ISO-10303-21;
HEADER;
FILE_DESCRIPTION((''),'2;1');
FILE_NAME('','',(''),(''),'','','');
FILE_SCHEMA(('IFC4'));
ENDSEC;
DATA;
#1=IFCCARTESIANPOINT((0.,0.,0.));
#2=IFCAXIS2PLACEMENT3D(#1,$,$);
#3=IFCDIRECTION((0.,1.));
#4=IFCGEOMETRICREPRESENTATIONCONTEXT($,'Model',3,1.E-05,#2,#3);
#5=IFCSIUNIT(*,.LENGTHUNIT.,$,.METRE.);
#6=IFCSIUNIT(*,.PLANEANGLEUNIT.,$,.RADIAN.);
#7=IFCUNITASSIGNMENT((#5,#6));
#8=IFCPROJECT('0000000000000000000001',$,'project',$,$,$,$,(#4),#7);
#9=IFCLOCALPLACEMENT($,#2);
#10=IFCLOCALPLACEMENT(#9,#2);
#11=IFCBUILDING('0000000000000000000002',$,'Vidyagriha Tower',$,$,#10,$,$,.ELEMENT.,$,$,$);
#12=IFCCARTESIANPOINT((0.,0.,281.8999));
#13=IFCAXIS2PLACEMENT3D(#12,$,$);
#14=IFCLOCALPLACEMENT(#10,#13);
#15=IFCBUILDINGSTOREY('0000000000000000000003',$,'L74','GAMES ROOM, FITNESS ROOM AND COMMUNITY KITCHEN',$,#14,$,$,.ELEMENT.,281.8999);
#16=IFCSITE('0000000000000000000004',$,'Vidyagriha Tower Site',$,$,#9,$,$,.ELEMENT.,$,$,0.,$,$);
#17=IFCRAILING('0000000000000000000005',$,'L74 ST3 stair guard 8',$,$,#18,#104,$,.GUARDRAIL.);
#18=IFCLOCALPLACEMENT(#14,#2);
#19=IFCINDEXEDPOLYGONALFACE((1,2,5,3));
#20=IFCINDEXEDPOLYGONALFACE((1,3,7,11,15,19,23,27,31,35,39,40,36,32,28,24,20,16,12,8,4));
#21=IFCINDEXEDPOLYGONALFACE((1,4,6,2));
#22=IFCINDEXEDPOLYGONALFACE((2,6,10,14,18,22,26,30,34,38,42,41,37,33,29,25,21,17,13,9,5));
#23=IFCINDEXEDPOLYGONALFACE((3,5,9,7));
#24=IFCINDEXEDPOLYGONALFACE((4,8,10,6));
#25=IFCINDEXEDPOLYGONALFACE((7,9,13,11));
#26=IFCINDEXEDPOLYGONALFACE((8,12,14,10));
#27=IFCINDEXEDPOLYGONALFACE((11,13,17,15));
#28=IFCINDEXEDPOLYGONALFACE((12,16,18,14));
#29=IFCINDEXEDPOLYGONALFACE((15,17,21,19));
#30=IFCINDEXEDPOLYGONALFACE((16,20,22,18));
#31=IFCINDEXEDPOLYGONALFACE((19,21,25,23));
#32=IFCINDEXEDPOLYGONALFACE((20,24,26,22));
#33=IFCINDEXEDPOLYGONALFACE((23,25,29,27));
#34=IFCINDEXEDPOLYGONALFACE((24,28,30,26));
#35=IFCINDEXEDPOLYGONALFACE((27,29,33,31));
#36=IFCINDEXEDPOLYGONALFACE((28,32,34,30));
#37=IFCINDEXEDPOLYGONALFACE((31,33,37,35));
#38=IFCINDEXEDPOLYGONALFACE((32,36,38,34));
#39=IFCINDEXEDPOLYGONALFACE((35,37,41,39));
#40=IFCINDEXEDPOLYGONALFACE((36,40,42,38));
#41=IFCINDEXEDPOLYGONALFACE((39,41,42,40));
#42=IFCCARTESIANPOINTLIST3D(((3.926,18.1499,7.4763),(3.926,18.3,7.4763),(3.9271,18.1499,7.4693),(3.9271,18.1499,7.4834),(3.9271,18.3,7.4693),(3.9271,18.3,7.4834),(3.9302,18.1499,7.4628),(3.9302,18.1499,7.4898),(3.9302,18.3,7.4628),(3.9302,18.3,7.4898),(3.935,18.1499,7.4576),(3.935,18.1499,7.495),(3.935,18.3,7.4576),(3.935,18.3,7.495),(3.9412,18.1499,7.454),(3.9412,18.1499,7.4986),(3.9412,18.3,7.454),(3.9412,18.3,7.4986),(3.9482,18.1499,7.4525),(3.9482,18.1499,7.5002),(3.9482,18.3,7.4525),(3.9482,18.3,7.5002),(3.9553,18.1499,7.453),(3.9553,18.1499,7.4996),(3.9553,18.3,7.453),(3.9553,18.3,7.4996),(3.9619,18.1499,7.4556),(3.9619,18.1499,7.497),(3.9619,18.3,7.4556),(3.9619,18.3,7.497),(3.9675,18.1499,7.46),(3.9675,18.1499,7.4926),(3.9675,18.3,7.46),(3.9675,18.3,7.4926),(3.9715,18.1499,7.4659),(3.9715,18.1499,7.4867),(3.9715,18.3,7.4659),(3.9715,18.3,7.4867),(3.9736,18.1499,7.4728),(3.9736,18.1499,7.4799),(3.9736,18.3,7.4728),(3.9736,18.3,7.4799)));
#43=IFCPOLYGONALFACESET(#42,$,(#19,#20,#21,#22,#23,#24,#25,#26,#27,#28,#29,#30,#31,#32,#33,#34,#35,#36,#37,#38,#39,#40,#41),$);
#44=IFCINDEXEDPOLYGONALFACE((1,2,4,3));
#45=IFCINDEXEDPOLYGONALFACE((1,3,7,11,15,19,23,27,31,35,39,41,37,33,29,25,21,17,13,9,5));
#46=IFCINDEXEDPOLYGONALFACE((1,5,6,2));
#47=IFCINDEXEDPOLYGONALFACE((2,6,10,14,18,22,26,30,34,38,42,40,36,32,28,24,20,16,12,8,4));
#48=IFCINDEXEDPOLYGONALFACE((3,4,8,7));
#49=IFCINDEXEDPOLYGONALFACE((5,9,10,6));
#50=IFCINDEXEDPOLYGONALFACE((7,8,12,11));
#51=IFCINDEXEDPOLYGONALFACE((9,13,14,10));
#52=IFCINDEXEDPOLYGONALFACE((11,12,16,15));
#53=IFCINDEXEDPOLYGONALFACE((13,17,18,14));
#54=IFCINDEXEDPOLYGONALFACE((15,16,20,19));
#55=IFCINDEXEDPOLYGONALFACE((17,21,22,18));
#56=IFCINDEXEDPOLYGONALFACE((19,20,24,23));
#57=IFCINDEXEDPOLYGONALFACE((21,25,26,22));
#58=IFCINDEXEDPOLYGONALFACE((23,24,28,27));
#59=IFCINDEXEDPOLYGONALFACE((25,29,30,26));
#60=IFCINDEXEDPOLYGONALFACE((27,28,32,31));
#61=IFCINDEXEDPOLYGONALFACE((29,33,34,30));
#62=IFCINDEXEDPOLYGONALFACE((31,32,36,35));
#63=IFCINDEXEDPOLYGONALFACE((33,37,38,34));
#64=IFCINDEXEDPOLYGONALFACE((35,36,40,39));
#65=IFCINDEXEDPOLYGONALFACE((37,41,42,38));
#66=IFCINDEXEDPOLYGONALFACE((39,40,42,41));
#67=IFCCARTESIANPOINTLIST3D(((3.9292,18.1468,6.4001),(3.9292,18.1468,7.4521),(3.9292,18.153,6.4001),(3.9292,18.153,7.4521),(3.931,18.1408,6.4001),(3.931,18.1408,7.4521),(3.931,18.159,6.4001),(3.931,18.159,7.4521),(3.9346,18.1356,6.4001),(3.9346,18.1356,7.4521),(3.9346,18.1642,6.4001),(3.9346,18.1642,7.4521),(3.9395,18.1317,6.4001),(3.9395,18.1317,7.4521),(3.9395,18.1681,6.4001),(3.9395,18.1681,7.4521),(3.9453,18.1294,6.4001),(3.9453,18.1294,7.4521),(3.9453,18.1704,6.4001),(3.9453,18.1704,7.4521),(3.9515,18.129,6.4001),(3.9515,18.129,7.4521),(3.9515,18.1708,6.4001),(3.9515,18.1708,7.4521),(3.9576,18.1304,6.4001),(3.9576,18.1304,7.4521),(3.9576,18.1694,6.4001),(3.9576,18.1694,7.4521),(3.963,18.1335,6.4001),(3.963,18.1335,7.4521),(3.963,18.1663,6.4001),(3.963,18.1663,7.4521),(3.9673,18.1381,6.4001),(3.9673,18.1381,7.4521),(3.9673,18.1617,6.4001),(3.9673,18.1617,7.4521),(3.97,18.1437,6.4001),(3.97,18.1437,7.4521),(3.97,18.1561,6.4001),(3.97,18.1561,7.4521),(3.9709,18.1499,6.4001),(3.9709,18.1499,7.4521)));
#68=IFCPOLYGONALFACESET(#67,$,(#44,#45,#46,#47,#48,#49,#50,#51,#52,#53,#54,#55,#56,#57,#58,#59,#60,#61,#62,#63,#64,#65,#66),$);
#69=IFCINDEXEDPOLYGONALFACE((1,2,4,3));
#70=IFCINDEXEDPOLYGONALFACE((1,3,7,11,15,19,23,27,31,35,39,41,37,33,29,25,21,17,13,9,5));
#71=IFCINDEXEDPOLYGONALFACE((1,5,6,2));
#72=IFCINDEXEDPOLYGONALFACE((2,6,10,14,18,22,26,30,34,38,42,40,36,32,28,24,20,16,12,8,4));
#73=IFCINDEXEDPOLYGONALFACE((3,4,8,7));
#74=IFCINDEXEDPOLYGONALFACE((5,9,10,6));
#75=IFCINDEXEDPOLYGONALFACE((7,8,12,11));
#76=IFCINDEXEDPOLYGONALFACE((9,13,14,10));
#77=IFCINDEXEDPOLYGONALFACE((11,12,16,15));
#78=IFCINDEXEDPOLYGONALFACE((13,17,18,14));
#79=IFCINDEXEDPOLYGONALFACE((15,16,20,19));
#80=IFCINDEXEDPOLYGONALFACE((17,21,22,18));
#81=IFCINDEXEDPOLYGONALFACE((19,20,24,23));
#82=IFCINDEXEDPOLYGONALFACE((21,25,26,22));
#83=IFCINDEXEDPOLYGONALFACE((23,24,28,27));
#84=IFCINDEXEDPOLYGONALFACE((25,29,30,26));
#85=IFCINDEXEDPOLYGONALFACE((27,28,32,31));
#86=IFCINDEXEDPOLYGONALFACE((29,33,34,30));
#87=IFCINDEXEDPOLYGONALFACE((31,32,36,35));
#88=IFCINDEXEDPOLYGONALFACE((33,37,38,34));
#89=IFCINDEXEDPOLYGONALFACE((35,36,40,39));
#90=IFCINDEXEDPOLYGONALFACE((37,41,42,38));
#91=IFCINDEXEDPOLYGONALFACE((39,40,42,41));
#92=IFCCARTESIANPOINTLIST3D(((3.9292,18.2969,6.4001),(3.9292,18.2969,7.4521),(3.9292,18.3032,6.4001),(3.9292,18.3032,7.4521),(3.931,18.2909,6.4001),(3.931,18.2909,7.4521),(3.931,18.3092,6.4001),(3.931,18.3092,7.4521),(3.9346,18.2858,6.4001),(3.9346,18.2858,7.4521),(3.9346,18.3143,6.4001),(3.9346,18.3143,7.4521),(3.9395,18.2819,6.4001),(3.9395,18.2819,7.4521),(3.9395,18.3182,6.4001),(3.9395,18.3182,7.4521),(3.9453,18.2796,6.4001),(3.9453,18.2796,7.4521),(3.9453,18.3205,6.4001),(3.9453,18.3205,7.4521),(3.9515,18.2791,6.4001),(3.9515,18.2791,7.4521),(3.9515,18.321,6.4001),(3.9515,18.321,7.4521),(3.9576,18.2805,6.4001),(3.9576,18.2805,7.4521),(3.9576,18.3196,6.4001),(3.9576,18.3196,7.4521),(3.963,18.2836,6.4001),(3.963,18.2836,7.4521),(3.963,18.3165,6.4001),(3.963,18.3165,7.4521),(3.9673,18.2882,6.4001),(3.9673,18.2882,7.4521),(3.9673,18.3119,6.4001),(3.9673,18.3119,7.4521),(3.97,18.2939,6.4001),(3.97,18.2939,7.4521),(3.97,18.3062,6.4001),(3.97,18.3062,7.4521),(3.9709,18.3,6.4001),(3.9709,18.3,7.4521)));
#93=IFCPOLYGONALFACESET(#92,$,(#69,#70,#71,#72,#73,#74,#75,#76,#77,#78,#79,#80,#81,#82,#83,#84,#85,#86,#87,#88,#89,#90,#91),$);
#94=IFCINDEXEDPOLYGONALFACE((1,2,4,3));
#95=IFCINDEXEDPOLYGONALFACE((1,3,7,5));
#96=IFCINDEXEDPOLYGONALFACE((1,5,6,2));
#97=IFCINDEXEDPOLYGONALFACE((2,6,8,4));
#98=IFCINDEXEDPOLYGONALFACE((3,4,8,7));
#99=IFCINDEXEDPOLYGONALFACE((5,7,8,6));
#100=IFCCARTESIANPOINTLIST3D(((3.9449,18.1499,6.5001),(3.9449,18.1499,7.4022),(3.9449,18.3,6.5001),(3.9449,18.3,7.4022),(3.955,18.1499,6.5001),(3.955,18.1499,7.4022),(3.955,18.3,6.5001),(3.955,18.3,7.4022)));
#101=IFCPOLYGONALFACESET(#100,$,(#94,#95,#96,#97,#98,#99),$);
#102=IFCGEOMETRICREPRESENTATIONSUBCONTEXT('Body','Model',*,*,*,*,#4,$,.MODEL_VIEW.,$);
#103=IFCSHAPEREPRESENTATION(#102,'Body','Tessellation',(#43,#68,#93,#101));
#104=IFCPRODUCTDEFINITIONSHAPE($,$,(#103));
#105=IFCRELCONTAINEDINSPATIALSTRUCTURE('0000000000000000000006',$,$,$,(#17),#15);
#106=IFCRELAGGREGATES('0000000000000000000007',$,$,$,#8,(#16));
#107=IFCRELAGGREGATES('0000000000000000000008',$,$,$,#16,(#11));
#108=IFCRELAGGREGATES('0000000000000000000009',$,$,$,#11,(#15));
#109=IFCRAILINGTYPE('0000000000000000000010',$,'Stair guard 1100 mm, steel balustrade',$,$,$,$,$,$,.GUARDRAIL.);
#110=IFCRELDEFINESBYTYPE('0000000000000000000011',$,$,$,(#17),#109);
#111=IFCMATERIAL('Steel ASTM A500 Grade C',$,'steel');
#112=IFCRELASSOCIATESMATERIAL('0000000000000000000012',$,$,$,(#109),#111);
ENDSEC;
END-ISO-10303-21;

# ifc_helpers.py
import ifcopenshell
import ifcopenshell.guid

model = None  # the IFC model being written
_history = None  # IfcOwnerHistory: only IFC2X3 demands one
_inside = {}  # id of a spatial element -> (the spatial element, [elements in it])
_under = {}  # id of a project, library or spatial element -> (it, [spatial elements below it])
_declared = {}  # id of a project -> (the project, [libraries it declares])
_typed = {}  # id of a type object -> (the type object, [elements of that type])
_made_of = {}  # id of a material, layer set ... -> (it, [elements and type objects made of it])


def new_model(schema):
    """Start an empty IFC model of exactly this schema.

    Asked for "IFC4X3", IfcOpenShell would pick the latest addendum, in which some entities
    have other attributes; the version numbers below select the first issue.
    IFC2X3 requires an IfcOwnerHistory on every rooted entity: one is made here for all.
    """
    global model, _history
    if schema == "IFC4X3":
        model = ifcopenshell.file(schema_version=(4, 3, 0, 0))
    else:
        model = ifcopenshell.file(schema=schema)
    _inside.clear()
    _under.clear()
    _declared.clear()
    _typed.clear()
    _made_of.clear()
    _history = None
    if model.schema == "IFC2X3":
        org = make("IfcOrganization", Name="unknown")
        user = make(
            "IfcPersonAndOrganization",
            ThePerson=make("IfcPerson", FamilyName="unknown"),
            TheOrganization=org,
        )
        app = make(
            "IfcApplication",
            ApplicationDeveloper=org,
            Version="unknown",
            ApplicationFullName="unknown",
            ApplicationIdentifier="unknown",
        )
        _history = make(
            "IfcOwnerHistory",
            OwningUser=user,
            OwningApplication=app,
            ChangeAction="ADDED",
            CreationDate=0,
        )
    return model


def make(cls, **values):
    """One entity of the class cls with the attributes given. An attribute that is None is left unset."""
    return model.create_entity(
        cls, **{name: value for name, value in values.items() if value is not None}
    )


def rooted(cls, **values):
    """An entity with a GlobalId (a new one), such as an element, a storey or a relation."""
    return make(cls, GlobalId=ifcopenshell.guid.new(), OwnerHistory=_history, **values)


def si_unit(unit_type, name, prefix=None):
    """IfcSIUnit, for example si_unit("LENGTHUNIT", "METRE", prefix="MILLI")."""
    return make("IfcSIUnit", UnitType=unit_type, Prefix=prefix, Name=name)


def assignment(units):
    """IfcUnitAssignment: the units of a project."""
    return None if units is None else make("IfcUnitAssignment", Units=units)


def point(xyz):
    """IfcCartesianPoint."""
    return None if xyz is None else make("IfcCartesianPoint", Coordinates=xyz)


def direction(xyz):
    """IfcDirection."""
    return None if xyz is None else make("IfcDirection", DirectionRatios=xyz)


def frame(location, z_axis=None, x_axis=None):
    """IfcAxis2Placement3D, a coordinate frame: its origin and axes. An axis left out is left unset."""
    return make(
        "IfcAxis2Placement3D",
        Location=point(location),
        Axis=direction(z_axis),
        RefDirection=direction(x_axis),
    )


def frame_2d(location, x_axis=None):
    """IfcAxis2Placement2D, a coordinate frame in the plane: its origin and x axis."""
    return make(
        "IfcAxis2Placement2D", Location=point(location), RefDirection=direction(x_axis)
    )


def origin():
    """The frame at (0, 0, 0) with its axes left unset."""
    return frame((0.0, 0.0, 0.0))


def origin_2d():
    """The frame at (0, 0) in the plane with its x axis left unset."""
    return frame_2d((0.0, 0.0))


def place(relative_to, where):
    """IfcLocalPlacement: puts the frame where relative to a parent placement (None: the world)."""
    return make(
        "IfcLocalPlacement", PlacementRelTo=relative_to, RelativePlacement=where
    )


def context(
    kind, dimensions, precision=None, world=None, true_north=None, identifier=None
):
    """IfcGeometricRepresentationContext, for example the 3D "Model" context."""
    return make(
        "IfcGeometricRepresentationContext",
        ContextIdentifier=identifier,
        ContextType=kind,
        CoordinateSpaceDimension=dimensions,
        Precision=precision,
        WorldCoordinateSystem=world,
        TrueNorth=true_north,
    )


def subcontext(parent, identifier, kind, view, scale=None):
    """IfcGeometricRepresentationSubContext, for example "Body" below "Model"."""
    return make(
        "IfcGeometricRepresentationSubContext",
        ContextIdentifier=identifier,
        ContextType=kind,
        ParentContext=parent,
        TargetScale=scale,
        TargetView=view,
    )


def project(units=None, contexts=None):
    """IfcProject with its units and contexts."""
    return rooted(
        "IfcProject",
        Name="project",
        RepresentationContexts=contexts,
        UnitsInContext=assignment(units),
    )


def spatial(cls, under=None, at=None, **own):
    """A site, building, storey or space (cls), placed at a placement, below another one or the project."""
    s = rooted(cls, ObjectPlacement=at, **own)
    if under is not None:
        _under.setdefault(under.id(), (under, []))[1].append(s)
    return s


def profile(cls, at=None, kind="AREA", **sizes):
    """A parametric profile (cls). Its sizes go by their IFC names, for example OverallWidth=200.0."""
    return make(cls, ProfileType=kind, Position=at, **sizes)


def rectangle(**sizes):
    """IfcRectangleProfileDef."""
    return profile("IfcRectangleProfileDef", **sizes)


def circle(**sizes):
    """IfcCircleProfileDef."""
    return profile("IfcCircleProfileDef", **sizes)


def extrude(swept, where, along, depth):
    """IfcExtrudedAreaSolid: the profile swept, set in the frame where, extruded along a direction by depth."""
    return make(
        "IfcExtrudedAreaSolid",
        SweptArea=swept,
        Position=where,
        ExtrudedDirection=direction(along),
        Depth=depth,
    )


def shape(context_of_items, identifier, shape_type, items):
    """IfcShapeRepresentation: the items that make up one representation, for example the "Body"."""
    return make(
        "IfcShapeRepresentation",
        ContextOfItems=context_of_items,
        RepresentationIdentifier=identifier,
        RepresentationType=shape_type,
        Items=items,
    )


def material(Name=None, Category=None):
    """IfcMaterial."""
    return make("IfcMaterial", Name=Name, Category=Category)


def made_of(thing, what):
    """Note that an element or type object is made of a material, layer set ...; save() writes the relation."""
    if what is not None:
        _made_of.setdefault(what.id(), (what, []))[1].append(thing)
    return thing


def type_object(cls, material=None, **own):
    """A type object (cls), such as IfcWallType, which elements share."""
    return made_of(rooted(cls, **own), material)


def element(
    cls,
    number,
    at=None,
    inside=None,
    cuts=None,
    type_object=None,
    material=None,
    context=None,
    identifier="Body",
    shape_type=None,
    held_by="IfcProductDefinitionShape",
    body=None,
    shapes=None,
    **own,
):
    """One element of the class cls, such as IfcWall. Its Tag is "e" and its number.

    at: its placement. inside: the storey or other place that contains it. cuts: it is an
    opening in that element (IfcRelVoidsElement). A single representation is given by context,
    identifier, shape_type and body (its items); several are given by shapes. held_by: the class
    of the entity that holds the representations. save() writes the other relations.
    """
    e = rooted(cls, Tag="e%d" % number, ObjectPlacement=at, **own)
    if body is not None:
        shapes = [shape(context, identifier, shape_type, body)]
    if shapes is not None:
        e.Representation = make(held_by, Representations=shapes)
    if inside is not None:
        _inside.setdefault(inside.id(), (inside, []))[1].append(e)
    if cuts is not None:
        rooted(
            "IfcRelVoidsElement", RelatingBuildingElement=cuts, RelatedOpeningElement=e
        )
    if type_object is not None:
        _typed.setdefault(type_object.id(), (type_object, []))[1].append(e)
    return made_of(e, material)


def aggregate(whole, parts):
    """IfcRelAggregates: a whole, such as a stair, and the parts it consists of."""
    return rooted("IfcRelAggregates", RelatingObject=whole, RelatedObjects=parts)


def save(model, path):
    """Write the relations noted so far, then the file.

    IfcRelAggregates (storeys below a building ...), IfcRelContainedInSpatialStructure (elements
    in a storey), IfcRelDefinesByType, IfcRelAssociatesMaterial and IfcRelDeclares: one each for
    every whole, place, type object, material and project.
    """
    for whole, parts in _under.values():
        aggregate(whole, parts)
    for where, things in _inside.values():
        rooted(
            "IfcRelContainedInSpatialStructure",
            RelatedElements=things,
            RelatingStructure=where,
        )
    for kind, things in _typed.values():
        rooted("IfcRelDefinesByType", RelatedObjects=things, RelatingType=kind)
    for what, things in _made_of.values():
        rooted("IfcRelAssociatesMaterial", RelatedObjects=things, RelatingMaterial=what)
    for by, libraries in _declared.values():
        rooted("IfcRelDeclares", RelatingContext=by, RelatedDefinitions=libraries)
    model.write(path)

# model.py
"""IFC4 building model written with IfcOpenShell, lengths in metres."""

from ifc_helpers import new_model, si_unit, direction, frame, origin, origin_2d, place, context, subcontext, project, spatial, rectangle, circle, extrude, material, type_object, element, save


model = new_model("IFC4")

# Units and contexts
model_context = context("Model", 3, precision=1e-05, world=origin(), true_north=direction((0.0, 1.0)))
body_context = subcontext(model_context, "Body", "Model", "MODEL_VIEW")
ifc_project = project(units=[si_unit("LENGTHUNIT", "METRE"), si_unit("PLANEANGLEUNIT", "RADIAN")], contexts=[model_context])

# Site, building, storey
site_placement = place(None, origin())
site = spatial("IfcSite", under=ifc_project, at=site_placement, Name="Vidyagriha Tower Site", CompositionType="ELEMENT", RefElevation=0.0)
building_placement = place(site_placement, origin())
building = spatial("IfcBuilding", under=site, at=building_placement, Name="Vidyagriha Tower", CompositionType="ELEMENT")
storey_placement = place(building_placement, frame((0.0, 0.0, 281.8999)))
storey = spatial("IfcBuildingStorey", under=building, at=storey_placement, Name="L74", Description="GAMES ROOM, FITNESS ROOM AND COMMUNITY KITCHEN", CompositionType="ELEMENT", Elevation=281.8999)

# Railing
ifc_material_1 = material(Name="Steel ASTM A500 Grade C", Category="steel")
railing_type_1 = type_object("IfcRailingType", Name="Stair guard 1100 mm, steel balustrade", PredefinedType="GUARDRAIL", material=ifc_material_1)
railing_1_placement = place(storey_placement, frame((3.95, 18.1499, 6.4001)))
element("IfcRailing", 1, at=railing_1_placement, inside=storey, type_object=railing_type_1, Name="L74 ST3 stair guard 8", PredefinedType="GUARDRAIL", context=body_context, shape_type="SweptSolid", body=[
    extrude(circle(Radius=0.0239, at=origin_2d()), frame((0.0, 0.0, 1.0762), z_axis=(0.0, 1.0, 0.0), x_axis=(-1.0, 0.0, 0.0)), (0.0, 0.0, 1.0), 0.1501),
    extrude(circle(Radius=0.021, at=origin_2d()), origin(), (0.0, 0.0, 1.0), 1.052),
    extrude(circle(Radius=0.021, at=origin_2d()), frame((0.0, 0.1501, 0.0)), (0.0, 0.0, 1.0), 1.052),
    extrude(rectangle(XDim=0.01, YDim=0.9021, at=origin_2d()), frame((0.0, 0.0, 0.551), z_axis=(0.0, 1.0, 0.0), x_axis=(-1.0, 0.0, 0.0)), (0.0, 0.0, 1.0), 0.1501),
])

save(model, "model.ifc")
